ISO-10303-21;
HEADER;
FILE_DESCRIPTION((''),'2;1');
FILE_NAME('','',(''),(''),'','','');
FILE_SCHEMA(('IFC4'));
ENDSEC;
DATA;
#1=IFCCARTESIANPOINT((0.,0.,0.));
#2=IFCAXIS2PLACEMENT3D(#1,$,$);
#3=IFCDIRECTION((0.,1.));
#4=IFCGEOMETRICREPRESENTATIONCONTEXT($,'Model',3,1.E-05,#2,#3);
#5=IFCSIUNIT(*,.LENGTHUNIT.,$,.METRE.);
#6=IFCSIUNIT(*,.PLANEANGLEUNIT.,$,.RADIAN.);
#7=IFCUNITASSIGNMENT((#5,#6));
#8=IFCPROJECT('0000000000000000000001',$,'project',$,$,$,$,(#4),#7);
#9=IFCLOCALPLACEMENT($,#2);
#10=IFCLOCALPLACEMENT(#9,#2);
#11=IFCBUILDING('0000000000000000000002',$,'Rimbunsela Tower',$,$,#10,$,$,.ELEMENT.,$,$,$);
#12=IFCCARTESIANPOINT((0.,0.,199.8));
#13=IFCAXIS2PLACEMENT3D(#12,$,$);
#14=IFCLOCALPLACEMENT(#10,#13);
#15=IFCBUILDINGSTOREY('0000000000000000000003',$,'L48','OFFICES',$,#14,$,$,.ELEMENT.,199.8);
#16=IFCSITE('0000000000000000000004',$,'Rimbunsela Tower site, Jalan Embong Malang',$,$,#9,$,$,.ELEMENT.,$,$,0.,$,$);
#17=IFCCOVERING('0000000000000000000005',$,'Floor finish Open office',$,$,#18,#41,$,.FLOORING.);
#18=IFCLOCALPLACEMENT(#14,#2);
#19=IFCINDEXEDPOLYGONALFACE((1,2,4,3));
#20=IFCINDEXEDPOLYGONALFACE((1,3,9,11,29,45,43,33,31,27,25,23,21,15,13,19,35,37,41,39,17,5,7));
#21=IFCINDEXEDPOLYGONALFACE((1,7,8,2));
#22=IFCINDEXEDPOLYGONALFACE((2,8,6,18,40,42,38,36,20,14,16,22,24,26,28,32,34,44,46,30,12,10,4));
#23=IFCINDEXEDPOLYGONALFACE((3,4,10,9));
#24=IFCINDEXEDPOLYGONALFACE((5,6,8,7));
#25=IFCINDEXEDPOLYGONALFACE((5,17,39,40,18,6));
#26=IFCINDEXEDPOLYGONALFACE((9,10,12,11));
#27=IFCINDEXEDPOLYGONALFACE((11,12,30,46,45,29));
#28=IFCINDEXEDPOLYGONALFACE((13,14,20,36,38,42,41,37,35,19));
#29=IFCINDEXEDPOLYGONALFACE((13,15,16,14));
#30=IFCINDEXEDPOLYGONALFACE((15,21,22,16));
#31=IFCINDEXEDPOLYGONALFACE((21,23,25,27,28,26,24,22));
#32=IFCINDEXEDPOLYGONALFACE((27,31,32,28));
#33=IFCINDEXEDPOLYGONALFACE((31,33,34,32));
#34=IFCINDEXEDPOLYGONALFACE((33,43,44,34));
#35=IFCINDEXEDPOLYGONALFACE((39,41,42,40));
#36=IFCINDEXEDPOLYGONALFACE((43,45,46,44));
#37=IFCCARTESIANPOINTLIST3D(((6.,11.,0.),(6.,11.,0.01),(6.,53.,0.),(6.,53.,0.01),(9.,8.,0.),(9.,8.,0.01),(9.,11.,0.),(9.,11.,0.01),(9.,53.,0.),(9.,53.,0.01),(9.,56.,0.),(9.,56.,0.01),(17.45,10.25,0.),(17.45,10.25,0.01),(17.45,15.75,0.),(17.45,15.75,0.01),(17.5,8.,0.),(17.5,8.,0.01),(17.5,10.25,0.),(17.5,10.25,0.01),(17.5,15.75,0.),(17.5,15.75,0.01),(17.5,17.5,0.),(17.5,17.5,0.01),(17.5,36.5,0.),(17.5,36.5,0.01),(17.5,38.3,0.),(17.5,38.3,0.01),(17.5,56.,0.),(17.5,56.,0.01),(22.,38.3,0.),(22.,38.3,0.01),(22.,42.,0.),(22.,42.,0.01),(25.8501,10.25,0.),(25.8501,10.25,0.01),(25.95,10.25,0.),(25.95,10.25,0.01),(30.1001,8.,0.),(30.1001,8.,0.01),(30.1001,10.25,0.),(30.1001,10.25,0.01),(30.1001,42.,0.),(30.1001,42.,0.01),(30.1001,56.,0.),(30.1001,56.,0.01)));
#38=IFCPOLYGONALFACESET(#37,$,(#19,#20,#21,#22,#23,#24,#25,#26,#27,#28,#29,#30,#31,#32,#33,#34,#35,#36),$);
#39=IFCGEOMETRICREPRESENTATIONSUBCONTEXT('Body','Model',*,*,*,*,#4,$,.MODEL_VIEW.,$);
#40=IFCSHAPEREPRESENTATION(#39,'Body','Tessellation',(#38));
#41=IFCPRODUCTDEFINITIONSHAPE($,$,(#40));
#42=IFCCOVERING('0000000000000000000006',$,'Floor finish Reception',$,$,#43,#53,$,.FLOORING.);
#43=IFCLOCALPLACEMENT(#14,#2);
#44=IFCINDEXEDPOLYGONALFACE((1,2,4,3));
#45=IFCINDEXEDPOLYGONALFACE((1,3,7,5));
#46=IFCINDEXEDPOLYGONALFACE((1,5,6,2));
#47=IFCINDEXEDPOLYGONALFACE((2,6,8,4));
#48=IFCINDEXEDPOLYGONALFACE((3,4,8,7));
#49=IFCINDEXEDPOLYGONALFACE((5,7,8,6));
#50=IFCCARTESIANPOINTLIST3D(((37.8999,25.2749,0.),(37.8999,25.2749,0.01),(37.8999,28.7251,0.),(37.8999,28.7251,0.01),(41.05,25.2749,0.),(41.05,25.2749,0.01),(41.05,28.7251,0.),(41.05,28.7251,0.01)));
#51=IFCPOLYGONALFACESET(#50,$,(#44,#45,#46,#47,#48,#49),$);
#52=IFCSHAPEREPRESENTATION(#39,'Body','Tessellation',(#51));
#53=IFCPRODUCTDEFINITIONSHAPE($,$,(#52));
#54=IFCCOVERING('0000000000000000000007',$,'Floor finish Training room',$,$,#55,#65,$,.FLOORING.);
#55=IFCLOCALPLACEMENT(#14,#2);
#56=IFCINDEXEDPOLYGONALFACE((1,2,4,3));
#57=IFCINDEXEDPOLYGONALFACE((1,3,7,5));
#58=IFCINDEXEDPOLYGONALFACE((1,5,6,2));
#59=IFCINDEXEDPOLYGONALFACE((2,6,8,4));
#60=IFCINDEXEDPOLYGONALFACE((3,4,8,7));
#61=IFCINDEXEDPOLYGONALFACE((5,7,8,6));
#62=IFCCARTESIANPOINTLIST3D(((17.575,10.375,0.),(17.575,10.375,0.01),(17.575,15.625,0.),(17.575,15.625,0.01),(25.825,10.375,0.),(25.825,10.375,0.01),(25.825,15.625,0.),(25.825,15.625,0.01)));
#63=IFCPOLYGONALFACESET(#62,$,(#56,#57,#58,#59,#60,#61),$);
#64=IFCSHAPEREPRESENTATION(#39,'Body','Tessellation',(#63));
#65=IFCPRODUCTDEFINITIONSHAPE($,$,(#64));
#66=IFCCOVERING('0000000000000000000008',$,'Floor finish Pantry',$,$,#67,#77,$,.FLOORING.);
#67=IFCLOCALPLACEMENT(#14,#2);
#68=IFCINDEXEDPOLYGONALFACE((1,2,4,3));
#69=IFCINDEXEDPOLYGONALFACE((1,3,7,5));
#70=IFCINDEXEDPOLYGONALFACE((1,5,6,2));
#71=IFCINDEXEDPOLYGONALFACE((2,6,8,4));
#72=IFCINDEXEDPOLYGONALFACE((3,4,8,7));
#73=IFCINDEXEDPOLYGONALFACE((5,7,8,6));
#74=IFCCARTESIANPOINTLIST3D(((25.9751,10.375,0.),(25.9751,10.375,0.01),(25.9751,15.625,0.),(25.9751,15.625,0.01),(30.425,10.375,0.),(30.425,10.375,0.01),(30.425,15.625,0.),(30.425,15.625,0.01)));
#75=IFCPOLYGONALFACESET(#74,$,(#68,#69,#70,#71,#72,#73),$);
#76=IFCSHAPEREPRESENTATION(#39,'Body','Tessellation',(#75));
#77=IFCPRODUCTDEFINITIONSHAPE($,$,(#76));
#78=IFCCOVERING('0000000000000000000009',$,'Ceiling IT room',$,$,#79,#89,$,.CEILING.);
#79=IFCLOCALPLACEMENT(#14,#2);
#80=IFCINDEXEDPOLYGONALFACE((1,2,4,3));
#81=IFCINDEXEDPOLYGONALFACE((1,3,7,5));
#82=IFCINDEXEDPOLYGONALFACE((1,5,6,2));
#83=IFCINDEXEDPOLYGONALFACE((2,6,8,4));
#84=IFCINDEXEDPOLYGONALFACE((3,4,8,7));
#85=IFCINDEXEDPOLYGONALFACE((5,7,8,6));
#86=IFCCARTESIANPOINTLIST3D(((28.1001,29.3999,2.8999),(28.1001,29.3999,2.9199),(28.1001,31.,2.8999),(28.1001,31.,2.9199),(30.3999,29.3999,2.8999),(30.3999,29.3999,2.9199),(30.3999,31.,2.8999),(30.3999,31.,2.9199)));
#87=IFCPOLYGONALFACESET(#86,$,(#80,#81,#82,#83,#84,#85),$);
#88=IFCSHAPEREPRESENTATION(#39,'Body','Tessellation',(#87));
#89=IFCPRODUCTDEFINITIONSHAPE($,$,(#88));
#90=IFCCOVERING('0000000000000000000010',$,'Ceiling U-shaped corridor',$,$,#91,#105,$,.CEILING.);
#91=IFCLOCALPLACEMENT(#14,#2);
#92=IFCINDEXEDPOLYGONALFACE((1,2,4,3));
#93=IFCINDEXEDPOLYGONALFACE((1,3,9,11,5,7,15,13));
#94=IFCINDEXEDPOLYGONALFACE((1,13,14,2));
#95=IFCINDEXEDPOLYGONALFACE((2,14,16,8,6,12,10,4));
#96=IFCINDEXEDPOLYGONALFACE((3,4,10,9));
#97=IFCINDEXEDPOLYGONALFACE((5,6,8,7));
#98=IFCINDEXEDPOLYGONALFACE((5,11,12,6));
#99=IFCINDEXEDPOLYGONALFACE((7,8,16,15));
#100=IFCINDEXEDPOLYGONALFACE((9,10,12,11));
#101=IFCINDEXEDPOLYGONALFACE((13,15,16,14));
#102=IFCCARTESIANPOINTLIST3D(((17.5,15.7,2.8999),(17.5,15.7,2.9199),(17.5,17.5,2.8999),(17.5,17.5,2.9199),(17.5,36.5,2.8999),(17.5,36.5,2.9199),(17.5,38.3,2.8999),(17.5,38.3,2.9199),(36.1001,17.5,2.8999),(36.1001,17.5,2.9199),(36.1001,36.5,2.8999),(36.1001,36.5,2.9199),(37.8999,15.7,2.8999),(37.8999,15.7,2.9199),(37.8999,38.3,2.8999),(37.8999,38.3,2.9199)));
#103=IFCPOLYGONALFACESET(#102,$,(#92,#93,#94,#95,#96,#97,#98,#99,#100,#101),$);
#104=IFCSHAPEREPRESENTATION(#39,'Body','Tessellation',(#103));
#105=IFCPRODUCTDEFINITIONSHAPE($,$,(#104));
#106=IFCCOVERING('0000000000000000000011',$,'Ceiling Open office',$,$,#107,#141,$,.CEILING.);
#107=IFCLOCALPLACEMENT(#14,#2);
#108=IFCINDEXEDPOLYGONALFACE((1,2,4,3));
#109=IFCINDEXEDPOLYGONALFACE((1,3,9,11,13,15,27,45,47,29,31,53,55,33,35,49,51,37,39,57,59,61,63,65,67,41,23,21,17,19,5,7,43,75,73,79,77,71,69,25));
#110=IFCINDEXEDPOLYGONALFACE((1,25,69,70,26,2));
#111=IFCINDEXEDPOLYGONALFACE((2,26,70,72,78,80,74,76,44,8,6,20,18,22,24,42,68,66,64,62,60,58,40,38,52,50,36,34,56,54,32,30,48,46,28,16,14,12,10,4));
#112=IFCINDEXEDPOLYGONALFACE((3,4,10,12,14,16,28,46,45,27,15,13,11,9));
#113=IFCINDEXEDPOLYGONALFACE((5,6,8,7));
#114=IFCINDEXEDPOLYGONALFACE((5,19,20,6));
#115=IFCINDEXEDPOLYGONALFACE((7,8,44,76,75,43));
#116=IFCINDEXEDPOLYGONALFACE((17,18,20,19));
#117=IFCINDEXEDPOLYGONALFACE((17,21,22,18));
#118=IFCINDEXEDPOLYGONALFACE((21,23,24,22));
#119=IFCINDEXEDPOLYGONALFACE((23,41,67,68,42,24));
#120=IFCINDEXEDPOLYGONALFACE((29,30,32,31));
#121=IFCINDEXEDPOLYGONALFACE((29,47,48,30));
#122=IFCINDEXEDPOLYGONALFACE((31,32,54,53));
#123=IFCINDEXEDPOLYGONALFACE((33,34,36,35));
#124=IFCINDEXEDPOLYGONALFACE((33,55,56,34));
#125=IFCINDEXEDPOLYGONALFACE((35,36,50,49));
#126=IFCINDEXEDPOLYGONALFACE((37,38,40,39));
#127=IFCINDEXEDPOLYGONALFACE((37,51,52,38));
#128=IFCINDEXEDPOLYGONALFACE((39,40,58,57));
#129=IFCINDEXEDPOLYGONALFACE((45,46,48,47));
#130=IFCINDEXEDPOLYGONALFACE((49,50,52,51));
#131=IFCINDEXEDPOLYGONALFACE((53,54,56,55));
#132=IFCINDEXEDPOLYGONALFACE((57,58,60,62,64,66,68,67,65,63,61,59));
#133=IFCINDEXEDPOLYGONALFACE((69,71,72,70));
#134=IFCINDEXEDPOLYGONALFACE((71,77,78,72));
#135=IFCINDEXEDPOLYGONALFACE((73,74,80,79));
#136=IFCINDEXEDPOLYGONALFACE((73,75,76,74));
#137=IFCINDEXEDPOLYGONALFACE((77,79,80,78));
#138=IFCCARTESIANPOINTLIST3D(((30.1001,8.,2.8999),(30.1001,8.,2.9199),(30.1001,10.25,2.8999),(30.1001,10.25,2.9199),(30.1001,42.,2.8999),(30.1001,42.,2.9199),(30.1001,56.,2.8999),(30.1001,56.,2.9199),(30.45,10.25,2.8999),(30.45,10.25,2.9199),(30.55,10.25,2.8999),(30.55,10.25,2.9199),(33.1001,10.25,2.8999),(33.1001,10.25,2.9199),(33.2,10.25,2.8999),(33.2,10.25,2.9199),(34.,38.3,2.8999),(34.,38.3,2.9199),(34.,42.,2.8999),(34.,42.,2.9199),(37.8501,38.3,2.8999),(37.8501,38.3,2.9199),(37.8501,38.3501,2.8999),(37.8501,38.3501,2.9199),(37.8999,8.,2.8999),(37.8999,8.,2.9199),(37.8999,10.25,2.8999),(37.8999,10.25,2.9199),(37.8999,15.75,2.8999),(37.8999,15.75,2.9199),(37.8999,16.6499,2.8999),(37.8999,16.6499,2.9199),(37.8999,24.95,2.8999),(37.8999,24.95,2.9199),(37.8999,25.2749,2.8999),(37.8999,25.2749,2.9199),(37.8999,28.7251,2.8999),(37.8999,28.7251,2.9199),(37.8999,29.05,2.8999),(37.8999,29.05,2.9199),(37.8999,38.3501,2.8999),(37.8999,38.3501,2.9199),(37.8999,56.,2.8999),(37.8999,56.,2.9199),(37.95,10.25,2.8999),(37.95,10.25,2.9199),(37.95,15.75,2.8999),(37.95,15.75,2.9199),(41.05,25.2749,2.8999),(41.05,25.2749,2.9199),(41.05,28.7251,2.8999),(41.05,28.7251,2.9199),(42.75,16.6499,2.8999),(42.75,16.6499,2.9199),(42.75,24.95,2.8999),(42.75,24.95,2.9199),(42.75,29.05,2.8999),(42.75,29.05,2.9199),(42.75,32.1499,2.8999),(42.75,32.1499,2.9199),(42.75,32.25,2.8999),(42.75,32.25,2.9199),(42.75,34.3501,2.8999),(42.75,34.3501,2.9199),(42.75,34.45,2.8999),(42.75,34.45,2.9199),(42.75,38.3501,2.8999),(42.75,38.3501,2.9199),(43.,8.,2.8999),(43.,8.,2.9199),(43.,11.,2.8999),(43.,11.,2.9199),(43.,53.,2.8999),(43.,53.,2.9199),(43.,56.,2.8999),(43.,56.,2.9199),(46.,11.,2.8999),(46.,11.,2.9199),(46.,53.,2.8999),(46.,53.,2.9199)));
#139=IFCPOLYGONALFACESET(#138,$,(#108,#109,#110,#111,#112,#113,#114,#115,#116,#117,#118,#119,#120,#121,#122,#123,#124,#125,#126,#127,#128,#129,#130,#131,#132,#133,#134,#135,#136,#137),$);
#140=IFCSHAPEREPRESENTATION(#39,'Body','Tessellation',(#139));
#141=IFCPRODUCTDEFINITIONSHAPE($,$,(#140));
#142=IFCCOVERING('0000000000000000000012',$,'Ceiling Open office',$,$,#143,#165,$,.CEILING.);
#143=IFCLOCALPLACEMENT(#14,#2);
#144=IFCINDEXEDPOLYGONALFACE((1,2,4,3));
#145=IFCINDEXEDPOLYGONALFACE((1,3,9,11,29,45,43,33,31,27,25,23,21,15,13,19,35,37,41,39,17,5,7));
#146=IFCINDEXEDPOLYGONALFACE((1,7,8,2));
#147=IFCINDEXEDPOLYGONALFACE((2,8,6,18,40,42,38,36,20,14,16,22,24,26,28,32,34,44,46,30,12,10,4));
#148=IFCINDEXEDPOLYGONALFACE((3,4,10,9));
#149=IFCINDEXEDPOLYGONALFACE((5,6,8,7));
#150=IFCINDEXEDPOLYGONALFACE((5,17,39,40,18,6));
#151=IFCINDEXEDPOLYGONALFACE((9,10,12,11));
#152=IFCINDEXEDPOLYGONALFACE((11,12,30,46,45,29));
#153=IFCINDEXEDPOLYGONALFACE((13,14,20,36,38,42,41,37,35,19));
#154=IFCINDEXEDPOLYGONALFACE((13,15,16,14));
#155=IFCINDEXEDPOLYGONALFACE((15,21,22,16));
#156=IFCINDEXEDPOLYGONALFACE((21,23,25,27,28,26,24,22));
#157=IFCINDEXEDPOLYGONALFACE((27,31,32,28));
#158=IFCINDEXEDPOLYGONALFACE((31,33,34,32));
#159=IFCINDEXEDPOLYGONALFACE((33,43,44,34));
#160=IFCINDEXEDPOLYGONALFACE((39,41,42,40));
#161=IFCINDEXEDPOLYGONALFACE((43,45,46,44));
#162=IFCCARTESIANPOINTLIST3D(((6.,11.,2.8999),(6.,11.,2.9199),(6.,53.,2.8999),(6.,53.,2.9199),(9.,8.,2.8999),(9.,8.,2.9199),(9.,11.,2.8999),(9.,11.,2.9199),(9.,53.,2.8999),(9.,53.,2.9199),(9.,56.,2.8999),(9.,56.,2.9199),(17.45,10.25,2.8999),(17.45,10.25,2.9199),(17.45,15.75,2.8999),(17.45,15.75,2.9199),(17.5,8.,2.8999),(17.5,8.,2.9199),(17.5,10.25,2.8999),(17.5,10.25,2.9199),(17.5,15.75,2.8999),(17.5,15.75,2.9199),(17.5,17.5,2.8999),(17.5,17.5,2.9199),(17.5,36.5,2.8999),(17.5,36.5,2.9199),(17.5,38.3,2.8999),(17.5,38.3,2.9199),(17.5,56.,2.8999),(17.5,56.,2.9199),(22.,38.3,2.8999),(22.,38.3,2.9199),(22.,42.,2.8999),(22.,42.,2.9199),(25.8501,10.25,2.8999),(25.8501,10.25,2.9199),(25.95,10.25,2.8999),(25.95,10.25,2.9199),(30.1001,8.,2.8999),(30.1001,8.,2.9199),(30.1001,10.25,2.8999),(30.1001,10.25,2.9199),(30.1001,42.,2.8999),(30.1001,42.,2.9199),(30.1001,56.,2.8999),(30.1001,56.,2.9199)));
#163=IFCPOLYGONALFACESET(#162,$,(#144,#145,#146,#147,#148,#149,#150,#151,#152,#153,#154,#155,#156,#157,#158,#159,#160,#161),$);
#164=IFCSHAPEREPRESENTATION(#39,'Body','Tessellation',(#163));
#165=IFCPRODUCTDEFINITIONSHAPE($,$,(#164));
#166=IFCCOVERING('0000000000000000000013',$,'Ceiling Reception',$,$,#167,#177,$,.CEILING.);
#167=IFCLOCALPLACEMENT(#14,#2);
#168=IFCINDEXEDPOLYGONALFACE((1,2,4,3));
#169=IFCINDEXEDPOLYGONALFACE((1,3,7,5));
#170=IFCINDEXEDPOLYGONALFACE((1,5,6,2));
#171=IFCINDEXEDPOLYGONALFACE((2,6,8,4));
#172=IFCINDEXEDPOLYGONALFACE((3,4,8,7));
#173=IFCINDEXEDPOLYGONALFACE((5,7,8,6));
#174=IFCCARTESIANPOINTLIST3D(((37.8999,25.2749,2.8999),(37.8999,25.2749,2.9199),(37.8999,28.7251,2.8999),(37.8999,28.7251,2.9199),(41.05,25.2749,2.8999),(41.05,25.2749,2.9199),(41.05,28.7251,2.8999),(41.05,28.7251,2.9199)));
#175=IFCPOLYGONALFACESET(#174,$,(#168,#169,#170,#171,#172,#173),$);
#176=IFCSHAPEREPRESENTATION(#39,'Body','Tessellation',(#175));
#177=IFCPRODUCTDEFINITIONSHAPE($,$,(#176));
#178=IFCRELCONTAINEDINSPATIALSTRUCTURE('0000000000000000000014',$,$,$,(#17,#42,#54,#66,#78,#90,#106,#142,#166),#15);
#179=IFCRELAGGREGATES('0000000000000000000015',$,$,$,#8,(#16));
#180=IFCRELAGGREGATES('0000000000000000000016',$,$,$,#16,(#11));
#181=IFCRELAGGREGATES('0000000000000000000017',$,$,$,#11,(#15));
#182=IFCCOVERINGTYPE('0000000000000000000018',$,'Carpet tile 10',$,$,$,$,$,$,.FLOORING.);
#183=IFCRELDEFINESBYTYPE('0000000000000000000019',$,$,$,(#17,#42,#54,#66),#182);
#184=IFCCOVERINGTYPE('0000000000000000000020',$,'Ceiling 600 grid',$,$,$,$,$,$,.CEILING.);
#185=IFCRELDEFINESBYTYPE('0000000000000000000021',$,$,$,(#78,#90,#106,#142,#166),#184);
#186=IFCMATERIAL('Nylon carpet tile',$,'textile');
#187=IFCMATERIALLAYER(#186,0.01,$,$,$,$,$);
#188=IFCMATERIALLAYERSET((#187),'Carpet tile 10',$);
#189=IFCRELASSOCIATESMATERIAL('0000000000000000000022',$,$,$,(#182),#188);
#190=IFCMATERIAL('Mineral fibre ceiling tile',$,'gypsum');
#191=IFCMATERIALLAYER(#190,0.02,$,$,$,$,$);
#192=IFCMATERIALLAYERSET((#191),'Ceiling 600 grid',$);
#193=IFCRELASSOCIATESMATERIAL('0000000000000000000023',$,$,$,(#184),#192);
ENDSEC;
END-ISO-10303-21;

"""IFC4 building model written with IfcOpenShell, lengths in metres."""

from ifc_helpers import new_model, si_unit, direction, frame, origin, place, context, subcontext, project, spatial, polyline, outline, extrude, material, layer, layer_set, type_object, element, save


model = new_model("IFC4")

# Units and contexts
model_context = context("Model", 3, precision=1e-05, world=origin(), true_north=direction((0.0, 1.0)))
body_context = subcontext(model_context, "Body", "Model", "MODEL_VIEW")
ifc_project = project(units=[si_unit("LENGTHUNIT", "METRE"), si_unit("PLANEANGLEUNIT", "RADIAN")], contexts=[model_context])

# Site, building, storey
site_placement = place(None, origin())
site = spatial("IfcSite", under=ifc_project, at=site_placement, Name="Rimbunsela Tower site, Jalan Embong Malang", CompositionType="ELEMENT", RefElevation=0.0)
building_placement = place(site_placement, origin())
building = spatial("IfcBuilding", under=site, at=building_placement, Name="Rimbunsela Tower", CompositionType="ELEMENT")
storey_placement = place(building_placement, frame((0.0, 0.0, 199.8)))
storey = spatial("IfcBuildingStorey", under=building, at=storey_placement, Name="L48", Description="OFFICES", CompositionType="ELEMENT", Elevation=199.8)

# Coverings
ifc_material_1 = material(Name="Nylon carpet tile", Category="textile")
ifc_layer_1 = layer(ifc_material_1, 0.01)
ifc_layer_set_1 = layer_set([ifc_layer_1], Name="Carpet tile 10")
covering_type_1 = type_object("IfcCoveringType", Name="Carpet tile 10", PredefinedType="FLOORING", material=ifc_layer_set_1)
covering_1_placement = place(storey_placement, origin())
element("IfcCovering", 1, at=covering_1_placement, inside=storey, type_object=covering_type_1, Name="Floor finish Open office", PredefinedType="FLOORING", context=body_context, shape_type="SweptSolid", body=[
    extrude(outline(polyline([(17.5, 8.0), (9.0, 8.0), (9.0, 11.0), (6.0, 11.0), (6.0, 53.0), (9.0, 53.0), (9.0, 56.0), (17.5, 56.0), (30.1001, 56.0), (30.1001, 42.0), (22.0, 42.0), (22.0, 38.3), (17.5, 38.3), (17.5, 36.5), (17.5, 17.5), (17.5, 15.75), (17.45, 15.75), (17.45, 10.25), (17.5, 10.25), (25.8501, 10.25), (25.95, 10.25), (30.1001, 10.25), (30.1001, 8.0), (17.5, 8.0)])), origin(), (0.0, 0.0, 1.0), 0.01),
])
covering_2_placement = place(storey_placement, origin())
element("IfcCovering", 2, at=covering_2_placement, inside=storey, type_object=covering_type_1, Name="Floor finish Reception", PredefinedType="FLOORING", context=body_context, shape_type="SweptSolid", body=[
    extrude(outline(polyline([(41.05, 25.2749), (41.05, 28.7251), (37.8999, 28.7251), (37.8999, 25.2749), (41.05, 25.2749)])), origin(), (0.0, 0.0, 1.0), 0.01),
])
covering_3_placement = place(storey_placement, origin())
element("IfcCovering", 3, at=covering_3_placement, inside=storey, type_object=covering_type_1, Name="Floor finish Training room", PredefinedType="FLOORING", context=body_context, shape_type="SweptSolid", body=[
    extrude(outline(polyline([(25.825, 10.375), (25.825, 15.625), (17.575, 15.625), (17.575, 10.375), (25.825, 10.375)])), origin(), (0.0, 0.0, 1.0), 0.01),
])
covering_4_placement = place(storey_placement, origin())
element("IfcCovering", 4, at=covering_4_placement, inside=storey, type_object=covering_type_1, Name="Floor finish Pantry", PredefinedType="FLOORING", context=body_context, shape_type="SweptSolid", body=[
    extrude(outline(polyline([(30.425, 10.375), (30.425, 15.625), (25.9751, 15.625), (25.9751, 10.375), (30.425, 10.375)])), origin(), (0.0, 0.0, 1.0), 0.01),
])
ifc_material_2 = material(Name="Mineral fibre ceiling tile", Category="gypsum")
ifc_layer_2 = layer(ifc_material_2, 0.02)
ifc_layer_set_2 = layer_set([ifc_layer_2], Name="Ceiling 600 grid")
covering_type_2 = type_object("IfcCoveringType", Name="Ceiling 600 grid", PredefinedType="CEILING", material=ifc_layer_set_2)
covering_5_placement = place(storey_placement, frame((0.0, 0.0, 2.8999)))
element("IfcCovering", 5, at=covering_5_placement, inside=storey, type_object=covering_type_2, Name="Ceiling IT room", PredefinedType="CEILING", context=body_context, shape_type="SweptSolid", body=[
    extrude(outline(polyline([(30.3999, 29.3999), (30.3999, 31.0), (28.1001, 31.0), (28.1001, 29.3999), (30.3999, 29.3999)])), origin(), (0.0, 0.0, 1.0), 0.02),
])
covering_6_placement = place(storey_placement, frame((0.0, 0.0, 2.8999)))
element("IfcCovering", 6, at=covering_6_placement, inside=storey, type_object=covering_type_2, Name="Ceiling U-shaped corridor", PredefinedType="CEILING", context=body_context, shape_type="SweptSolid", body=[
    extrude(outline(polyline([(37.8999, 38.3), (37.8999, 15.7), (17.5, 15.7), (17.5, 17.5), (36.1001, 17.5), (36.1001, 36.5), (17.5, 36.5), (17.5, 38.3), (37.8999, 38.3)])), origin(), (0.0, 0.0, 1.0), 0.02),
])
covering_7_placement = place(storey_placement, frame((0.0, 0.0, 2.8999)))
element("IfcCovering", 7, at=covering_7_placement, inside=storey, type_object=covering_type_2, Name="Ceiling Open office", PredefinedType="CEILING", context=body_context, shape_type="SweptSolid", body=[
    extrude(outline(polyline([(30.1001, 56.0), (37.8999, 56.0), (43.0, 56.0), (43.0, 53.0), (46.0, 53.0), (46.0, 11.0), (43.0, 11.0), (43.0, 8.0), (37.8999, 8.0), (30.1001, 8.0), (30.1001, 10.25), (30.45, 10.25), (30.55, 10.25), (33.1001, 10.25), (33.2, 10.25), (37.8999, 10.25), (37.95, 10.25), (37.95, 15.75), (37.8999, 15.75), (37.8999, 16.6499), (42.75, 16.6499), (42.75, 24.95), (37.8999, 24.95), (37.8999, 25.2749), (41.05, 25.2749), (41.05, 28.7251), (37.8999, 28.7251), (37.8999, 29.05), (42.75, 29.05), (42.75, 32.1499), (42.75, 32.25), (42.75, 34.3501), (42.75, 34.45), (42.75, 38.3501), (37.8999, 38.3501), (37.8501, 38.3501), (37.8501, 38.3), (34.0, 38.3), (34.0, 42.0), (30.1001, 42.0), (30.1001, 56.0)])), origin(), (0.0, 0.0, 1.0), 0.02),
])
covering_8_placement = place(storey_placement, frame((0.0, 0.0, 2.8999)))
element("IfcCovering", 8, at=covering_8_placement, inside=storey, type_object=covering_type_2, Name="Ceiling Open office", PredefinedType="CEILING", context=body_context, shape_type="SweptSolid", body=[
    extrude(outline(polyline([(17.5, 8.0), (9.0, 8.0), (9.0, 11.0), (6.0, 11.0), (6.0, 53.0), (9.0, 53.0), (9.0, 56.0), (17.5, 56.0), (30.1001, 56.0), (30.1001, 42.0), (22.0, 42.0), (22.0, 38.3), (17.5, 38.3), (17.5, 36.5), (17.5, 17.5), (17.5, 15.75), (17.45, 15.75), (17.45, 10.25), (17.5, 10.25), (25.8501, 10.25), (25.95, 10.25), (30.1001, 10.25), (30.1001, 8.0), (17.5, 8.0)])), origin(), (0.0, 0.0, 1.0), 0.02),
])
covering_9_placement = place(storey_placement, frame((0.0, 0.0, 2.8999)))
element("IfcCovering", 9, at=covering_9_placement, inside=storey, type_object=covering_type_2, Name="Ceiling Reception", PredefinedType="CEILING", context=body_context, shape_type="SweptSolid", body=[
    extrude(outline(polyline([(41.05, 25.2749), (41.05, 28.7251), (37.8999, 28.7251), (37.8999, 25.2749), (41.05, 25.2749)])), origin(), (0.0, 0.0, 1.0), 0.02),
])

save(model, "model.ifc")
